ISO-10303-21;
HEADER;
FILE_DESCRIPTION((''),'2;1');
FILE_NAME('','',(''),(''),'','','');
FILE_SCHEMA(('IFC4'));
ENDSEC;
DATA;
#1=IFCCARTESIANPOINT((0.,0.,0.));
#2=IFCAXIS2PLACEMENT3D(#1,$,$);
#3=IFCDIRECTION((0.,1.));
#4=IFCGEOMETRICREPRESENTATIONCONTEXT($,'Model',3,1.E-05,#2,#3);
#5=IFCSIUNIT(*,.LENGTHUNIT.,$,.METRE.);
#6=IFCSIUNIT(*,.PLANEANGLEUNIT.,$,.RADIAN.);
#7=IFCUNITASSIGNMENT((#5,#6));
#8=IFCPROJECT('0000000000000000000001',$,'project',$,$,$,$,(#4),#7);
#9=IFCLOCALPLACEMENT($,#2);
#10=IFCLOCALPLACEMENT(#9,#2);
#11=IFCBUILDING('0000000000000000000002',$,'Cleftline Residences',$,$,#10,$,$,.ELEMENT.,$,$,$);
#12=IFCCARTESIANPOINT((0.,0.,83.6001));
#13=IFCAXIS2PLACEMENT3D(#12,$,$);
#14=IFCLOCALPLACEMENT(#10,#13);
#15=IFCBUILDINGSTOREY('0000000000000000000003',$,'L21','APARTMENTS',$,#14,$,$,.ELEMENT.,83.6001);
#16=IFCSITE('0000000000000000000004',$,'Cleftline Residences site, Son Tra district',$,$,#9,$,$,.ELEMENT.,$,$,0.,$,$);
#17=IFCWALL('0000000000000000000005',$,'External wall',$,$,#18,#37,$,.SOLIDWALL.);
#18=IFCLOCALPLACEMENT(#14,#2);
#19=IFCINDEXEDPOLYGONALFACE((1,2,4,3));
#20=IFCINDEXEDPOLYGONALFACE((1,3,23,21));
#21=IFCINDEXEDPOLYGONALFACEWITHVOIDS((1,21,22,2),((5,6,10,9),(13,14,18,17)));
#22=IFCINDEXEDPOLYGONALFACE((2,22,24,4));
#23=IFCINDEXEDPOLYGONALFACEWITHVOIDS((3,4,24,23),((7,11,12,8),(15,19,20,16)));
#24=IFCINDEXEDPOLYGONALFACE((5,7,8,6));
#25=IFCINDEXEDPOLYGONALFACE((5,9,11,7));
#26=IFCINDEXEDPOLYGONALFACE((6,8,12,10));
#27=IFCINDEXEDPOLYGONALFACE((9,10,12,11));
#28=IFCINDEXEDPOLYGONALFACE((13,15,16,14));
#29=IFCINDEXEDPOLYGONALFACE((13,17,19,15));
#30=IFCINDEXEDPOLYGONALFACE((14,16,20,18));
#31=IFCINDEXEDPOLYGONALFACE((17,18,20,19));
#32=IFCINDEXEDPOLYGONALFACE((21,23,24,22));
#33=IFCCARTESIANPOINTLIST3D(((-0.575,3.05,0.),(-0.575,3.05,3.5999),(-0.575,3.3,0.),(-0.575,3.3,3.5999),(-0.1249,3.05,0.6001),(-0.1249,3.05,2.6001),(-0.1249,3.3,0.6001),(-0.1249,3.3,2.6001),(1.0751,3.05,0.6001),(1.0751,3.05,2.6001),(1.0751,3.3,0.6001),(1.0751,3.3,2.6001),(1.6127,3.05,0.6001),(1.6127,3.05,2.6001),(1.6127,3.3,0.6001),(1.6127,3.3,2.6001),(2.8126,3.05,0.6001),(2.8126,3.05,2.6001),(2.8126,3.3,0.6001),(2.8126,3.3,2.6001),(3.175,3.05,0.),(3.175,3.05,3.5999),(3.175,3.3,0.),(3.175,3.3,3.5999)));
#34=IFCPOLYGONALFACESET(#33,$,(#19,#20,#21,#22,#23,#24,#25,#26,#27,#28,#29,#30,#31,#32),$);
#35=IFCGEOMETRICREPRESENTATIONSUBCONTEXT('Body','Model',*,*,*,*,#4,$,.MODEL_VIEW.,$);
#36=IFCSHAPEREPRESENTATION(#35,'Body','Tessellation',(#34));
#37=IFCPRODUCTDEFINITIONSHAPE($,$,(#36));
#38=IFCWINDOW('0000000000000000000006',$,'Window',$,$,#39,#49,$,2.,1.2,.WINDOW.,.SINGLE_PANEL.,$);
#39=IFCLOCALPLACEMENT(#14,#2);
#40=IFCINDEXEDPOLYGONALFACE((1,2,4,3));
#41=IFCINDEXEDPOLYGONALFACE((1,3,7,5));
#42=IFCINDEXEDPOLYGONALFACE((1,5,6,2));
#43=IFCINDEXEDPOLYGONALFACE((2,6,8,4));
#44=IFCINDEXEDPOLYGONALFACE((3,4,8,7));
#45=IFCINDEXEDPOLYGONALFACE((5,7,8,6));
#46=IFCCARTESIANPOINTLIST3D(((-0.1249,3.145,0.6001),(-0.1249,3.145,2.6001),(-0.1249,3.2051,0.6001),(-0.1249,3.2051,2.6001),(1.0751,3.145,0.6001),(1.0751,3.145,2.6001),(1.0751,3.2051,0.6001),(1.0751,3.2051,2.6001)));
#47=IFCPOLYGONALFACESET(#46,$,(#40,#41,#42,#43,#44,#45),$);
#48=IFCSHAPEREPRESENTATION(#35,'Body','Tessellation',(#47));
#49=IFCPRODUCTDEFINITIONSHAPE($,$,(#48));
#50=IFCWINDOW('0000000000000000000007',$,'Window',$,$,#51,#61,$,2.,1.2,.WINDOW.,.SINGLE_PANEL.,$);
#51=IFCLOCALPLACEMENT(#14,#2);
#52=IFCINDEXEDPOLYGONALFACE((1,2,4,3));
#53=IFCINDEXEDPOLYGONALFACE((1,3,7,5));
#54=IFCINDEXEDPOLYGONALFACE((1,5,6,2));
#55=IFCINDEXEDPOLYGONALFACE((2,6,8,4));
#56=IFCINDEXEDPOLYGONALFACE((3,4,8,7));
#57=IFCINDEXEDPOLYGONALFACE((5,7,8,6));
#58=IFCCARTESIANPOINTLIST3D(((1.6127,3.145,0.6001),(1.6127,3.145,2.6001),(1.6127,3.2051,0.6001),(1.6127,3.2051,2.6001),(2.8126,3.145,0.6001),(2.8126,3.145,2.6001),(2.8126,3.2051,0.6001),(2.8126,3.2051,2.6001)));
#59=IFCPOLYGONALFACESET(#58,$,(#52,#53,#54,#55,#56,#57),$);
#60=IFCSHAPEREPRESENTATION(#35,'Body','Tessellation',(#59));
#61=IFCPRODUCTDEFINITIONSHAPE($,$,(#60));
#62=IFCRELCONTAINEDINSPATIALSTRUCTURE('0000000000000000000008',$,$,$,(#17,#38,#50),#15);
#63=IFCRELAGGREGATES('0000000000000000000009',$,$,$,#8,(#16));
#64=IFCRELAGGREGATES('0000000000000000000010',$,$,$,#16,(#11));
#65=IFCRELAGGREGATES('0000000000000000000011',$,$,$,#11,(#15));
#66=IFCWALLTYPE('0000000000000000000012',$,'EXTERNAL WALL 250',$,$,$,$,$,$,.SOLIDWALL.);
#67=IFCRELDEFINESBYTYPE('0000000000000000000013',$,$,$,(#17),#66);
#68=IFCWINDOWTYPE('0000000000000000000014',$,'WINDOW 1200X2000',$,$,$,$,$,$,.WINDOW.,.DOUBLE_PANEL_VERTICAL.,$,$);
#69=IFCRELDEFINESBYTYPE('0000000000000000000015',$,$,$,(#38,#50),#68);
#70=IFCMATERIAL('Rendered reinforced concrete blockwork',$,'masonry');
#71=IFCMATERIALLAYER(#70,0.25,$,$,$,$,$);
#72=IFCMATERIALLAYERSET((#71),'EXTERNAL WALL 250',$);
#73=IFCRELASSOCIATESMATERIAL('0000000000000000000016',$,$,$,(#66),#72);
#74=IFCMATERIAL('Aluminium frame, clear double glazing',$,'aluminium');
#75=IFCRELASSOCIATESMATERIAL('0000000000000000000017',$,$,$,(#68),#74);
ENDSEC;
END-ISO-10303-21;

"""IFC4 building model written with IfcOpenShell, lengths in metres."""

from ifc_helpers import new_model, si_unit, direction, frame, frame_2d, origin, place, context, subcontext, project, spatial, rectangle, extrude, material, layer, layer_set, type_object, element, fill, save


model = new_model("IFC4")

# Units and contexts
model_context = context("Model", 3, precision=1e-05, world=origin(), true_north=direction((0.0, 1.0)))
body_context = subcontext(model_context, "Body", "Model", "MODEL_VIEW")
ifc_project = project(units=[si_unit("LENGTHUNIT", "METRE"), si_unit("PLANEANGLEUNIT", "RADIAN")], contexts=[model_context])

# Site, building, storey
site_placement = place(None, origin())
site = spatial("IfcSite", under=ifc_project, at=site_placement, Name="Cleftline Residences site, Son Tra district", CompositionType="ELEMENT", RefElevation=0.0)
building_placement = place(site_placement, origin())
building = spatial("IfcBuilding", under=site, at=building_placement, Name="Cleftline Residences", CompositionType="ELEMENT")
storey_placement = place(building_placement, frame((0.0, 0.0, 83.6001)))
storey = spatial("IfcBuildingStorey", under=building, at=storey_placement, Name="L21", Description="APARTMENTS", CompositionType="ELEMENT", Elevation=83.6001)

# Wall, openings, windows
ifc_material_1 = material(Name="Rendered reinforced concrete blockwork", Category="masonry")
ifc_layer_1 = layer(ifc_material_1, 0.25)
ifc_layer_set_1 = layer_set([ifc_layer_1], Name="EXTERNAL WALL 250")
wall_type = type_object("IfcWallType", Name="EXTERNAL WALL 250", PredefinedType="SOLIDWALL", material=ifc_layer_set_1)
wall_placement = place(storey_placement, frame((-0.575, 3.175, 0.0), z_axis=(0.0, 0.0, 1.0), x_axis=(1.0, 0.0, 0.0)))
wall = element("IfcWall", 1, at=wall_placement, inside=storey, type_object=wall_type, Name="External wall", PredefinedType="SOLIDWALL", context=body_context, shape_type="SweptSolid", body=[
    extrude(rectangle(XDim=3.75, YDim=0.25, at=frame_2d((1.875, 0.0))), origin(), (0.0, 0.0, 1.0), 3.5999),
])
opening_1_placement = place(wall_placement, frame((0.45, 0.0, 0.6001)))
opening_1 = element("IfcOpeningElement", 2, at=opening_1_placement, cuts=wall, PredefinedType="OPENING", context=body_context, shape_type="SweptSolid", body=[
    extrude(rectangle(XDim=1.2, YDim=2.0, at=frame_2d((0.6001, 1.0))), frame((0.0, 0.135, 0.0), z_axis=(0.0, -1.0, 0.0), x_axis=(1.0, 0.0, 0.0)), (0.0, 0.0, 1.0), 0.27),
])
opening_2_placement = place(wall_placement, frame((2.1875, 0.0, 0.6001)))
opening_2 = element("IfcOpeningElement", 3, at=opening_2_placement, cuts=wall, PredefinedType="OPENING", context=body_context, shape_type="SweptSolid", body=[
    extrude(rectangle(XDim=1.2, YDim=2.0, at=frame_2d((0.6001, 1.0))), frame((0.0, 0.135, 0.0), z_axis=(0.0, -1.0, 0.0), x_axis=(1.0, 0.0, 0.0)), (0.0, 0.0, 1.0), 0.27),
])
ifc_material_2 = material(Name="Aluminium frame, clear double glazing", Category="aluminium")
window_type = type_object("IfcWindowType", Name="WINDOW 1200X2000", PartitioningType="DOUBLE_PANEL_VERTICAL", PredefinedType="WINDOW", material=ifc_material_2)
window_1_placement = place(opening_1_placement, origin())
window_1 = element("IfcWindow", 4, at=window_1_placement, inside=storey, type_object=window_type, Name="Window", OverallHeight=2.0, OverallWidth=1.2, PartitioningType="SINGLE_PANEL", PredefinedType="WINDOW", context=body_context, shape_type="SweptSolid", body=[
    extrude(rectangle(XDim=1.2, YDim=2.0, at=frame_2d((0.6001, 1.0))), frame((0.0, 0.03, 0.0), z_axis=(0.0, -1.0, 0.0), x_axis=(1.0, 0.0, 0.0)), (0.0, 0.0, 1.0), 0.0601),
])
fill(opening_1, window_1)
window_2_placement = place(opening_2_placement, origin())
window_2 = element("IfcWindow", 5, at=window_2_placement, inside=storey, type_object=window_type, Name="Window", OverallHeight=2.0, OverallWidth=1.2, PartitioningType="SINGLE_PANEL", PredefinedType="WINDOW", context=body_context, shape_type="SweptSolid", body=[
    extrude(rectangle(XDim=1.2, YDim=2.0, at=frame_2d((0.6001, 1.0))), frame((0.0, 0.03, 0.0), z_axis=(0.0, -1.0, 0.0), x_axis=(1.0, 0.0, 0.0)), (0.0, 0.0, 1.0), 0.0601),
])
fill(opening_2, window_2)

save(model, "model.ifc")
